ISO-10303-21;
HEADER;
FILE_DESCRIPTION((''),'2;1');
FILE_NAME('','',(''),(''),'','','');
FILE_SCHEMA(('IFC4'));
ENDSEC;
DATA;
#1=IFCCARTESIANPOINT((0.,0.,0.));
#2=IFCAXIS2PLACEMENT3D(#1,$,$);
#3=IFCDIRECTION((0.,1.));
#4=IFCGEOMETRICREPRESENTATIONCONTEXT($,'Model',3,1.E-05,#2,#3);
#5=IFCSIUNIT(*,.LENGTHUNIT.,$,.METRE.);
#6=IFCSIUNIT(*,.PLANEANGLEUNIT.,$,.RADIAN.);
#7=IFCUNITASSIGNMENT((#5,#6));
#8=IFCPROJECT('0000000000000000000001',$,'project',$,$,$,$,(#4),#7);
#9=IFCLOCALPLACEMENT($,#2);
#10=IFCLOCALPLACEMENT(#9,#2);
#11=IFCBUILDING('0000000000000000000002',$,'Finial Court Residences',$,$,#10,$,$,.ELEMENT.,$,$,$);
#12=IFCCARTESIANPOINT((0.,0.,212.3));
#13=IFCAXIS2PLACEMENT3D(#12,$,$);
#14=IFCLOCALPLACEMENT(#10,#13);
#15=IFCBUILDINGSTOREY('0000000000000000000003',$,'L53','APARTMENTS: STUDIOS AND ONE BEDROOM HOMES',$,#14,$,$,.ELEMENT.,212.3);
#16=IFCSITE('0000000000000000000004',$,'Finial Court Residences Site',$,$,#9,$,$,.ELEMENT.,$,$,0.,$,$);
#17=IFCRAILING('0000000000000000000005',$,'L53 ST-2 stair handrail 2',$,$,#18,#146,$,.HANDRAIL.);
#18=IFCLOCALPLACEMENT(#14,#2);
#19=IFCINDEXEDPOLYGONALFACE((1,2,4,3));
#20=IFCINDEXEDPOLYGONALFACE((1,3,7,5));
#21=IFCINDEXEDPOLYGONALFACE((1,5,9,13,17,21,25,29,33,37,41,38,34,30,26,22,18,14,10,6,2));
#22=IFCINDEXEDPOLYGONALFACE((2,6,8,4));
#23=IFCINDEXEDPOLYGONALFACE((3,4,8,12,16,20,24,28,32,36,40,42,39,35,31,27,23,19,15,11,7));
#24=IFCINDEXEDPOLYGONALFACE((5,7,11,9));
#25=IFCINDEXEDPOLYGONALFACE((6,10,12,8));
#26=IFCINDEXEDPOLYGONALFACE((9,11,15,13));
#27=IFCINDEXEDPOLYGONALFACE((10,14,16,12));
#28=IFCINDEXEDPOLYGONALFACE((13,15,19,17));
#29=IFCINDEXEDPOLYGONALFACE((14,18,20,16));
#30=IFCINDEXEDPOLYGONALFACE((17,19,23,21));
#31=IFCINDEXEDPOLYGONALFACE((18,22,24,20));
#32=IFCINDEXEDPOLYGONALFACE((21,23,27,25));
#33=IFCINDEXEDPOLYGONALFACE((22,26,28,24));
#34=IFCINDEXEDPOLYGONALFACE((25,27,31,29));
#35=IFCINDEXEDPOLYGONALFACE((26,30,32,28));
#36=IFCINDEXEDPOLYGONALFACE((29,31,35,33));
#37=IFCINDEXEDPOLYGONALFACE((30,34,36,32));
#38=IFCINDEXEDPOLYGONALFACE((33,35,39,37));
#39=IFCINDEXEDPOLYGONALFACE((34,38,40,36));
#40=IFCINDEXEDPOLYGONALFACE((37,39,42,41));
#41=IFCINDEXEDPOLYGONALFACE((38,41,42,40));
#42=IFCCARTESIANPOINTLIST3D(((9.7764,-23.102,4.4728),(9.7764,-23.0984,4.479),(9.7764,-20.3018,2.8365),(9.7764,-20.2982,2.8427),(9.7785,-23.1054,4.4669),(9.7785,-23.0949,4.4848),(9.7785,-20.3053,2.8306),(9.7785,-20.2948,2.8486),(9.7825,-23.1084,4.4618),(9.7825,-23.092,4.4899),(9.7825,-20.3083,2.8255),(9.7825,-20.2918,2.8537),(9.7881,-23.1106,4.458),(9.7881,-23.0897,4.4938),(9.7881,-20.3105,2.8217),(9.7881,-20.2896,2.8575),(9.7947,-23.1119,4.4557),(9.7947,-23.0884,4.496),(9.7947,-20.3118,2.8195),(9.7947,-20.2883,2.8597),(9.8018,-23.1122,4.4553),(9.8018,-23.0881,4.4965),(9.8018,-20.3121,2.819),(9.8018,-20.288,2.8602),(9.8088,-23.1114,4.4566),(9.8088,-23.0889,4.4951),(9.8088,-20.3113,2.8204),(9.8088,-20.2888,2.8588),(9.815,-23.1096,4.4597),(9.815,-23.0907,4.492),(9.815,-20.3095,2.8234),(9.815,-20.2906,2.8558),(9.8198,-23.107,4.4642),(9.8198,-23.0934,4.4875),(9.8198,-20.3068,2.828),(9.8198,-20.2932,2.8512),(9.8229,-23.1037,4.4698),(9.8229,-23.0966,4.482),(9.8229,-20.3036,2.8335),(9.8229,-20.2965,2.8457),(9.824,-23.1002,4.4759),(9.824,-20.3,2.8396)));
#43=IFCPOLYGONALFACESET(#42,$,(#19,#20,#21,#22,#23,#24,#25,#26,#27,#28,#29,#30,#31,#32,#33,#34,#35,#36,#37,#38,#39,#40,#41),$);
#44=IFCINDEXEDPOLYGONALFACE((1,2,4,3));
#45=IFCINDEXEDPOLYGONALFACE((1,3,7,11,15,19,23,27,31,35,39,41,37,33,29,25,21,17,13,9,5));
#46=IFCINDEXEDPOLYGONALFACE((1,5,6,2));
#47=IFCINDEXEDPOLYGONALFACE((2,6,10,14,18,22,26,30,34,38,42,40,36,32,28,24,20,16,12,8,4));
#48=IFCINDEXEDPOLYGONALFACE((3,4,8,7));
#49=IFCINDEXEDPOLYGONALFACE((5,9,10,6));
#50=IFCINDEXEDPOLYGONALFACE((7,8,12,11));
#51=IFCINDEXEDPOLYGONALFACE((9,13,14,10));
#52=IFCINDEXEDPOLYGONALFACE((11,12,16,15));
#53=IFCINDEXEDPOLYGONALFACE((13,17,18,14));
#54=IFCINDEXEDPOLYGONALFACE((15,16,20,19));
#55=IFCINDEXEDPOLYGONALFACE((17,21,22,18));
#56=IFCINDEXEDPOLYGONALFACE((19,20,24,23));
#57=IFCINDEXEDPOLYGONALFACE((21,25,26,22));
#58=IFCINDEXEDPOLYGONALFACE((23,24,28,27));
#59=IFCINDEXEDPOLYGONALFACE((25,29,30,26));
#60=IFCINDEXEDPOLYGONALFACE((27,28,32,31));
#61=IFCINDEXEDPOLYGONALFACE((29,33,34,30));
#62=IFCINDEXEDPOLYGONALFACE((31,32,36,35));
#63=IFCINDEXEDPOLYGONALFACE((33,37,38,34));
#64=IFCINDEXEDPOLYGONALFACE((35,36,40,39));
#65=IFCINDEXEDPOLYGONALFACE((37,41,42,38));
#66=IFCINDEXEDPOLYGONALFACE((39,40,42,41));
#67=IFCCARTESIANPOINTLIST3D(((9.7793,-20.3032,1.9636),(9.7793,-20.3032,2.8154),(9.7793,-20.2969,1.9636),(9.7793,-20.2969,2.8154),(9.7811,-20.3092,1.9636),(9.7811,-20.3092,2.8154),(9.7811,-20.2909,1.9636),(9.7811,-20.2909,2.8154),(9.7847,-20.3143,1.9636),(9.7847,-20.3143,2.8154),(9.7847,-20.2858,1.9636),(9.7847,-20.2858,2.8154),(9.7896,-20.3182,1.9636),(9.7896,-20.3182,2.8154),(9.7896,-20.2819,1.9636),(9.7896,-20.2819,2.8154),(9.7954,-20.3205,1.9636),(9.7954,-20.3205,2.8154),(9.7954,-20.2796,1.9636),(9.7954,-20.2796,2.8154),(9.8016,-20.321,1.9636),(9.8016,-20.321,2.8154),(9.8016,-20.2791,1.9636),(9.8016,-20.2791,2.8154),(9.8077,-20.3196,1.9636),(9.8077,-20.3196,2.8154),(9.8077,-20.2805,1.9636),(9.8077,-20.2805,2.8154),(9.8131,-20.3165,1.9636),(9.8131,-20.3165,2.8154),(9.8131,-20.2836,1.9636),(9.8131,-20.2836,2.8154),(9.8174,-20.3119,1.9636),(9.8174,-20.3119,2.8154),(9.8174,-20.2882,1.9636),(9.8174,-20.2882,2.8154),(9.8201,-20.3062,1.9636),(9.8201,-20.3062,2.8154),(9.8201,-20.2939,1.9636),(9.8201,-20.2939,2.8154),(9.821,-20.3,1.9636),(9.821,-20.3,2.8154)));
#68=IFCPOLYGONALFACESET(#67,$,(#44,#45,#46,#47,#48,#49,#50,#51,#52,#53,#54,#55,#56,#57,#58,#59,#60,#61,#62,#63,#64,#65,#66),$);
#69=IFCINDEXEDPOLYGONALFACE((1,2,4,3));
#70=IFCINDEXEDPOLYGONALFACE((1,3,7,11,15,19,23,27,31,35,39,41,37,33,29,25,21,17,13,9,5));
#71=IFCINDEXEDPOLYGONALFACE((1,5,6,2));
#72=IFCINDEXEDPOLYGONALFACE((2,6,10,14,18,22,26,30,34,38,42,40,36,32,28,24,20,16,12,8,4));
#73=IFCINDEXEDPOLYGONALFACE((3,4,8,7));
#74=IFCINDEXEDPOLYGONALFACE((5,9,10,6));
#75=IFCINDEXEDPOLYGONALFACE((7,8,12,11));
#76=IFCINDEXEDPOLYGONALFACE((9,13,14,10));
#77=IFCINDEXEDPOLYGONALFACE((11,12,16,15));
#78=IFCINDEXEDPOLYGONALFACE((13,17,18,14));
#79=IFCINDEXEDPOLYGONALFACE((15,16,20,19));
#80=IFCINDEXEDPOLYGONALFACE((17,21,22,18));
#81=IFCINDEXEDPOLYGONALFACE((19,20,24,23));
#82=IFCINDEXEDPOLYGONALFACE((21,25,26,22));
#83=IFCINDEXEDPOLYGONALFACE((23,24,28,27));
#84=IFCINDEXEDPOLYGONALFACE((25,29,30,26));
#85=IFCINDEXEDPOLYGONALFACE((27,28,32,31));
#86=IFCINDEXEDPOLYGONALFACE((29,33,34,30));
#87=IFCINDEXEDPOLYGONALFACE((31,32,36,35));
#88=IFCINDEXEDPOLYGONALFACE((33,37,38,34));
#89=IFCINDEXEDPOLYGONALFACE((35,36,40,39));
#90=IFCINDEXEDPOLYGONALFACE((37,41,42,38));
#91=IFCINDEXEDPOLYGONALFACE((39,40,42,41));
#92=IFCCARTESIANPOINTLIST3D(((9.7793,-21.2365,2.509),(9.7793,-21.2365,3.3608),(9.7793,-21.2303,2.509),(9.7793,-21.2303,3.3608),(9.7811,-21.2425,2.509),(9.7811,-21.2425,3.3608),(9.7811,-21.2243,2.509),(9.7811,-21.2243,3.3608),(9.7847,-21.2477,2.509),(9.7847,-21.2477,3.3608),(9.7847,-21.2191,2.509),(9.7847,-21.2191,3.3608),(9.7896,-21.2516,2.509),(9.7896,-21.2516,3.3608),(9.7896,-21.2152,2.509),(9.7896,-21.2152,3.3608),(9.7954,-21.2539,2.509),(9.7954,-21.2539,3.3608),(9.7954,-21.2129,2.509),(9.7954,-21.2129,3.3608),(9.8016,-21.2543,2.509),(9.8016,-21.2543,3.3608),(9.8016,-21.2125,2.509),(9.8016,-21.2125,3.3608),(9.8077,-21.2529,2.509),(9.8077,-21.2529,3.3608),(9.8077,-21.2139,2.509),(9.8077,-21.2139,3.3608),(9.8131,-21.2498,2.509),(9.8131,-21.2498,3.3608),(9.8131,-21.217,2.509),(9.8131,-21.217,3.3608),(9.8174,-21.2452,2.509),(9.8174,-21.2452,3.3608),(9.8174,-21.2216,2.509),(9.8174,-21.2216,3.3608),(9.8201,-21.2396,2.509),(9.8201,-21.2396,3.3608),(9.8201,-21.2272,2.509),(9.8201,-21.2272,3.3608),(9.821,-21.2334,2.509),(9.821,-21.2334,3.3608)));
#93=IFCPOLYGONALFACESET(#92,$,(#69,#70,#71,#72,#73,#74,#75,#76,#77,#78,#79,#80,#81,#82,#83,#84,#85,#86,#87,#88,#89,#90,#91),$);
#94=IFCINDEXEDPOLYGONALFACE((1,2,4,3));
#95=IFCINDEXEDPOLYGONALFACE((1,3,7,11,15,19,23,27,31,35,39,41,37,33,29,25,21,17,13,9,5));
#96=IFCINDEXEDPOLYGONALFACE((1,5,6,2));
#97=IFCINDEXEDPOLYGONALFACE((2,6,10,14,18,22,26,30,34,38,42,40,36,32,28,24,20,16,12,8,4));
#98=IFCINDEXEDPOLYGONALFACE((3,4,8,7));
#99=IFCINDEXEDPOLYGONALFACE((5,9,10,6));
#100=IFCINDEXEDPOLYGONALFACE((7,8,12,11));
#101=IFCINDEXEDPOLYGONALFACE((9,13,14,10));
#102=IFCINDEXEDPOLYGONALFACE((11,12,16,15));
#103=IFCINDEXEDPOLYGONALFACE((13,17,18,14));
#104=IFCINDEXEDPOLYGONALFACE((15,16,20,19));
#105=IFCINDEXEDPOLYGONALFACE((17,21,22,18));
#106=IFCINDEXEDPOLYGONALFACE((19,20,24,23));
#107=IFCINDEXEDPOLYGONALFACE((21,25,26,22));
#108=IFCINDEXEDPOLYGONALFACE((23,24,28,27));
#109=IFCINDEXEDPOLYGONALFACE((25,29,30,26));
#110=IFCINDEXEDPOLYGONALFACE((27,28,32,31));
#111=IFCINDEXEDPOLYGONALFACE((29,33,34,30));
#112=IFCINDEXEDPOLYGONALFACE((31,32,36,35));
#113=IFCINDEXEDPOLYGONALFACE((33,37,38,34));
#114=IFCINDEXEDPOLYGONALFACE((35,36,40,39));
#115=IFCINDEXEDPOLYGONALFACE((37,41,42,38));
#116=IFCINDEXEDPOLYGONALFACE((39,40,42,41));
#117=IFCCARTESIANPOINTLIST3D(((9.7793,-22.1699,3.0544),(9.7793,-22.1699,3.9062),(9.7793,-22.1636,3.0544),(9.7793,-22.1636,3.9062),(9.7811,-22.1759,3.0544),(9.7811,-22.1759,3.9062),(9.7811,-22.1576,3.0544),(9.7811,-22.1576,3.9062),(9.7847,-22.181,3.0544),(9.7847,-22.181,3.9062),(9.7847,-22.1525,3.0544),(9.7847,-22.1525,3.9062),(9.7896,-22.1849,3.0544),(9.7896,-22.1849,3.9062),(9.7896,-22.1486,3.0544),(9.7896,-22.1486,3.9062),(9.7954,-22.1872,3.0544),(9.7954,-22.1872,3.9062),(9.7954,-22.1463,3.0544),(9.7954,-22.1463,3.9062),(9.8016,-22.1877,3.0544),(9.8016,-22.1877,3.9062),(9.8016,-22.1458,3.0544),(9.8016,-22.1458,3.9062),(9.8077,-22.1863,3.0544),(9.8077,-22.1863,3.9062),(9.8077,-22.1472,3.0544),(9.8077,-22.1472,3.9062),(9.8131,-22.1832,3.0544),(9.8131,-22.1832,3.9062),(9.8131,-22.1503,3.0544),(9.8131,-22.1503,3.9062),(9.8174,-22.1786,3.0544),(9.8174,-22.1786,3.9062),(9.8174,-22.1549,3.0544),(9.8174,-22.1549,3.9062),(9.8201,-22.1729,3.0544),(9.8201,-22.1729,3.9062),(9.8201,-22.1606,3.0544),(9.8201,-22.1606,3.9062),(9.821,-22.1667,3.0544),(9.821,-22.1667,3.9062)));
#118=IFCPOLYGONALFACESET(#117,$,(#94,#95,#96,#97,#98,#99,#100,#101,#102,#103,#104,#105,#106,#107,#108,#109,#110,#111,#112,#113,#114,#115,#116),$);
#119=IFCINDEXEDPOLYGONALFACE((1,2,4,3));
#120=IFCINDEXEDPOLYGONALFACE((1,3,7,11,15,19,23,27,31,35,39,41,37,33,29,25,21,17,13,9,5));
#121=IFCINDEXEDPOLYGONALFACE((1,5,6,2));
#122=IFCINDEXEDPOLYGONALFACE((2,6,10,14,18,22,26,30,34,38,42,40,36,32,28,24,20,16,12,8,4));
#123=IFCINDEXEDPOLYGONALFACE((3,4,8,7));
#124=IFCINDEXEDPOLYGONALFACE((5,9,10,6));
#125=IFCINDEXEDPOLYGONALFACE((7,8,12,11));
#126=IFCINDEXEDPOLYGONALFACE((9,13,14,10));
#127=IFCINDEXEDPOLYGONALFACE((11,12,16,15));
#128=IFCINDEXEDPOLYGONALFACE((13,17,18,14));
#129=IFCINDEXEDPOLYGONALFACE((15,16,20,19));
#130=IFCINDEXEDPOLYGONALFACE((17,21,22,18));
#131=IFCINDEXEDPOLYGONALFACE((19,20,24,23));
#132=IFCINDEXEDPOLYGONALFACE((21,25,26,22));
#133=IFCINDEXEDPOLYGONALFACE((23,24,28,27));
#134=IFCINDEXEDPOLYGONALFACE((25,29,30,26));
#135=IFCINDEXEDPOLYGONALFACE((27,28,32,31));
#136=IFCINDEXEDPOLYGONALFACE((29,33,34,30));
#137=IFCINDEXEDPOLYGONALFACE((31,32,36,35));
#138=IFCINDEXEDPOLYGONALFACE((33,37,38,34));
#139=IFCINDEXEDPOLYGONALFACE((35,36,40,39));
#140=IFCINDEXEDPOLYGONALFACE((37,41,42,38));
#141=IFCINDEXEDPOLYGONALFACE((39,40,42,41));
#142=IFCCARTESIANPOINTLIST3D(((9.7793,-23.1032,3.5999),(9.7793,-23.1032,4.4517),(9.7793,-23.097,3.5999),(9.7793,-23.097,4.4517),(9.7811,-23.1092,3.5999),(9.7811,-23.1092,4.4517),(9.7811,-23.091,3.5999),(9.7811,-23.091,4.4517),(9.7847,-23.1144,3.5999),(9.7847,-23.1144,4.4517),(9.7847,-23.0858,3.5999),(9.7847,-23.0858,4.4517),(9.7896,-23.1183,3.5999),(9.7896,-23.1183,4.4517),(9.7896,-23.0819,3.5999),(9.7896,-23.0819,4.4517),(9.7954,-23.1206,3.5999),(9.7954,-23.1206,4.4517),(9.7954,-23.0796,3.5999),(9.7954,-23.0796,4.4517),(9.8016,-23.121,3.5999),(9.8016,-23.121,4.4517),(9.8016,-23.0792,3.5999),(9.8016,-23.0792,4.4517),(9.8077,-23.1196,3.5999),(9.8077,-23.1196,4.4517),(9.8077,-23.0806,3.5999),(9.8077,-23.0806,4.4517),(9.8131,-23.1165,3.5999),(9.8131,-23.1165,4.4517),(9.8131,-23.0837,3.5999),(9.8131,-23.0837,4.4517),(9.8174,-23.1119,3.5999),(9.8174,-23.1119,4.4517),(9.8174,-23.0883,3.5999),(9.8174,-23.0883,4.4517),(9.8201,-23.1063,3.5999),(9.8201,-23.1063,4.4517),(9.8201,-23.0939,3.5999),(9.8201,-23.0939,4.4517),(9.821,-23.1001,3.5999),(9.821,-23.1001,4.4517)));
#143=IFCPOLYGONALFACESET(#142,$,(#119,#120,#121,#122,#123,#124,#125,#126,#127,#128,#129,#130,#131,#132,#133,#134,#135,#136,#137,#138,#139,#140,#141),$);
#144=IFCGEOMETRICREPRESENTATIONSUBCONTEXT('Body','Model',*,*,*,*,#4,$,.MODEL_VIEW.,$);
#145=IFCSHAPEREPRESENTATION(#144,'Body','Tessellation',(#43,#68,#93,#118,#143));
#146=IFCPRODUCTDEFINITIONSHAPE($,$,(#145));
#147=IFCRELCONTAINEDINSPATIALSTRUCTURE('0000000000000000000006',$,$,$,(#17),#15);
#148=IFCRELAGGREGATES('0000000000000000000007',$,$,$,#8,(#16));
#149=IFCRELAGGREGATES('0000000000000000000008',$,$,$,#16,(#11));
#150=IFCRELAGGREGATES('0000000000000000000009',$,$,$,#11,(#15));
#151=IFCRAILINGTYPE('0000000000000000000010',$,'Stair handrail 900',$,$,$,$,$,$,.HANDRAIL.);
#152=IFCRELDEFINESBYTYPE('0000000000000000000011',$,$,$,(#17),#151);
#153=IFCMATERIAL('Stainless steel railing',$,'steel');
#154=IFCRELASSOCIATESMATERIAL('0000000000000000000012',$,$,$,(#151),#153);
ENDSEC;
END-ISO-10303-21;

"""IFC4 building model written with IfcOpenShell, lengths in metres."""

from ifc_helpers import new_model, si_unit, direction, frame, origin, origin_2d, place, context, subcontext, project, spatial, circle, extrude, material, type_object, element, save


model = new_model("IFC4")

# Units and contexts
model_context = context("Model", 3, precision=1e-05, world=origin(), true_north=direction((0.0, 1.0)))
body_context = subcontext(model_context, "Body", "Model", "MODEL_VIEW")
ifc_project = project(units=[si_unit("LENGTHUNIT", "METRE"), si_unit("PLANEANGLEUNIT", "RADIAN")], contexts=[model_context])

# Site, building, storey
site_placement = place(None, origin())
site = spatial("IfcSite", under=ifc_project, at=site_placement, Name="Finial Court Residences Site", CompositionType="ELEMENT", RefElevation=0.0)
building_placement = place(site_placement, origin())
building = spatial("IfcBuilding", under=site, at=building_placement, Name="Finial Court Residences", CompositionType="ELEMENT")
storey_placement = place(building_placement, frame((0.0, 0.0, 212.3)))
storey = spatial("IfcBuildingStorey", under=building, at=storey_placement, Name="L53", Description="APARTMENTS: STUDIOS AND ONE BEDROOM HOMES", CompositionType="ELEMENT", Elevation=212.3)

# Railing
ifc_material_1 = material(Name="Stainless steel railing", Category="steel")
railing_type_1 = type_object("IfcRailingType", Name="Stair handrail 900", PredefinedType="HANDRAIL", material=ifc_material_1)
railing_1_placement = place(storey_placement, frame((9.8, -20.3, 1.9636)))
element("IfcRailing", 1, at=railing_1_placement, inside=storey, type_object=railing_type_1, Name="L53 ST-2 stair handrail 2", PredefinedType="HANDRAIL", context=body_context, shape_type="SweptSolid", body=[
    extrude(circle(Radius=0.0239, at=origin_2d()), frame((0.0, 0.0, 0.876), z_axis=(0.0, -0.863394, 0.504531), x_axis=(1.0, 0.0, 0.0)), (0.0, 0.0, 1.0), 3.2432),
    extrude(circle(Radius=0.021, at=origin_2d()), origin(), (0.0, 0.0, 1.0), 0.8518),
    extrude(circle(Radius=0.021, at=origin_2d()), frame((0.0, -0.9333, 0.5454)), (0.0, 0.0, 1.0), 0.8518),
    extrude(circle(Radius=0.021, at=origin_2d()), frame((0.0, -1.8667, 1.0908)), (0.0, 0.0, 1.0), 0.8518),
    extrude(circle(Radius=0.021, at=origin_2d()), frame((0.0, -2.8, 1.6362)), (0.0, 0.0, 1.0), 0.8518),
])

save(model, "model.ifc")
